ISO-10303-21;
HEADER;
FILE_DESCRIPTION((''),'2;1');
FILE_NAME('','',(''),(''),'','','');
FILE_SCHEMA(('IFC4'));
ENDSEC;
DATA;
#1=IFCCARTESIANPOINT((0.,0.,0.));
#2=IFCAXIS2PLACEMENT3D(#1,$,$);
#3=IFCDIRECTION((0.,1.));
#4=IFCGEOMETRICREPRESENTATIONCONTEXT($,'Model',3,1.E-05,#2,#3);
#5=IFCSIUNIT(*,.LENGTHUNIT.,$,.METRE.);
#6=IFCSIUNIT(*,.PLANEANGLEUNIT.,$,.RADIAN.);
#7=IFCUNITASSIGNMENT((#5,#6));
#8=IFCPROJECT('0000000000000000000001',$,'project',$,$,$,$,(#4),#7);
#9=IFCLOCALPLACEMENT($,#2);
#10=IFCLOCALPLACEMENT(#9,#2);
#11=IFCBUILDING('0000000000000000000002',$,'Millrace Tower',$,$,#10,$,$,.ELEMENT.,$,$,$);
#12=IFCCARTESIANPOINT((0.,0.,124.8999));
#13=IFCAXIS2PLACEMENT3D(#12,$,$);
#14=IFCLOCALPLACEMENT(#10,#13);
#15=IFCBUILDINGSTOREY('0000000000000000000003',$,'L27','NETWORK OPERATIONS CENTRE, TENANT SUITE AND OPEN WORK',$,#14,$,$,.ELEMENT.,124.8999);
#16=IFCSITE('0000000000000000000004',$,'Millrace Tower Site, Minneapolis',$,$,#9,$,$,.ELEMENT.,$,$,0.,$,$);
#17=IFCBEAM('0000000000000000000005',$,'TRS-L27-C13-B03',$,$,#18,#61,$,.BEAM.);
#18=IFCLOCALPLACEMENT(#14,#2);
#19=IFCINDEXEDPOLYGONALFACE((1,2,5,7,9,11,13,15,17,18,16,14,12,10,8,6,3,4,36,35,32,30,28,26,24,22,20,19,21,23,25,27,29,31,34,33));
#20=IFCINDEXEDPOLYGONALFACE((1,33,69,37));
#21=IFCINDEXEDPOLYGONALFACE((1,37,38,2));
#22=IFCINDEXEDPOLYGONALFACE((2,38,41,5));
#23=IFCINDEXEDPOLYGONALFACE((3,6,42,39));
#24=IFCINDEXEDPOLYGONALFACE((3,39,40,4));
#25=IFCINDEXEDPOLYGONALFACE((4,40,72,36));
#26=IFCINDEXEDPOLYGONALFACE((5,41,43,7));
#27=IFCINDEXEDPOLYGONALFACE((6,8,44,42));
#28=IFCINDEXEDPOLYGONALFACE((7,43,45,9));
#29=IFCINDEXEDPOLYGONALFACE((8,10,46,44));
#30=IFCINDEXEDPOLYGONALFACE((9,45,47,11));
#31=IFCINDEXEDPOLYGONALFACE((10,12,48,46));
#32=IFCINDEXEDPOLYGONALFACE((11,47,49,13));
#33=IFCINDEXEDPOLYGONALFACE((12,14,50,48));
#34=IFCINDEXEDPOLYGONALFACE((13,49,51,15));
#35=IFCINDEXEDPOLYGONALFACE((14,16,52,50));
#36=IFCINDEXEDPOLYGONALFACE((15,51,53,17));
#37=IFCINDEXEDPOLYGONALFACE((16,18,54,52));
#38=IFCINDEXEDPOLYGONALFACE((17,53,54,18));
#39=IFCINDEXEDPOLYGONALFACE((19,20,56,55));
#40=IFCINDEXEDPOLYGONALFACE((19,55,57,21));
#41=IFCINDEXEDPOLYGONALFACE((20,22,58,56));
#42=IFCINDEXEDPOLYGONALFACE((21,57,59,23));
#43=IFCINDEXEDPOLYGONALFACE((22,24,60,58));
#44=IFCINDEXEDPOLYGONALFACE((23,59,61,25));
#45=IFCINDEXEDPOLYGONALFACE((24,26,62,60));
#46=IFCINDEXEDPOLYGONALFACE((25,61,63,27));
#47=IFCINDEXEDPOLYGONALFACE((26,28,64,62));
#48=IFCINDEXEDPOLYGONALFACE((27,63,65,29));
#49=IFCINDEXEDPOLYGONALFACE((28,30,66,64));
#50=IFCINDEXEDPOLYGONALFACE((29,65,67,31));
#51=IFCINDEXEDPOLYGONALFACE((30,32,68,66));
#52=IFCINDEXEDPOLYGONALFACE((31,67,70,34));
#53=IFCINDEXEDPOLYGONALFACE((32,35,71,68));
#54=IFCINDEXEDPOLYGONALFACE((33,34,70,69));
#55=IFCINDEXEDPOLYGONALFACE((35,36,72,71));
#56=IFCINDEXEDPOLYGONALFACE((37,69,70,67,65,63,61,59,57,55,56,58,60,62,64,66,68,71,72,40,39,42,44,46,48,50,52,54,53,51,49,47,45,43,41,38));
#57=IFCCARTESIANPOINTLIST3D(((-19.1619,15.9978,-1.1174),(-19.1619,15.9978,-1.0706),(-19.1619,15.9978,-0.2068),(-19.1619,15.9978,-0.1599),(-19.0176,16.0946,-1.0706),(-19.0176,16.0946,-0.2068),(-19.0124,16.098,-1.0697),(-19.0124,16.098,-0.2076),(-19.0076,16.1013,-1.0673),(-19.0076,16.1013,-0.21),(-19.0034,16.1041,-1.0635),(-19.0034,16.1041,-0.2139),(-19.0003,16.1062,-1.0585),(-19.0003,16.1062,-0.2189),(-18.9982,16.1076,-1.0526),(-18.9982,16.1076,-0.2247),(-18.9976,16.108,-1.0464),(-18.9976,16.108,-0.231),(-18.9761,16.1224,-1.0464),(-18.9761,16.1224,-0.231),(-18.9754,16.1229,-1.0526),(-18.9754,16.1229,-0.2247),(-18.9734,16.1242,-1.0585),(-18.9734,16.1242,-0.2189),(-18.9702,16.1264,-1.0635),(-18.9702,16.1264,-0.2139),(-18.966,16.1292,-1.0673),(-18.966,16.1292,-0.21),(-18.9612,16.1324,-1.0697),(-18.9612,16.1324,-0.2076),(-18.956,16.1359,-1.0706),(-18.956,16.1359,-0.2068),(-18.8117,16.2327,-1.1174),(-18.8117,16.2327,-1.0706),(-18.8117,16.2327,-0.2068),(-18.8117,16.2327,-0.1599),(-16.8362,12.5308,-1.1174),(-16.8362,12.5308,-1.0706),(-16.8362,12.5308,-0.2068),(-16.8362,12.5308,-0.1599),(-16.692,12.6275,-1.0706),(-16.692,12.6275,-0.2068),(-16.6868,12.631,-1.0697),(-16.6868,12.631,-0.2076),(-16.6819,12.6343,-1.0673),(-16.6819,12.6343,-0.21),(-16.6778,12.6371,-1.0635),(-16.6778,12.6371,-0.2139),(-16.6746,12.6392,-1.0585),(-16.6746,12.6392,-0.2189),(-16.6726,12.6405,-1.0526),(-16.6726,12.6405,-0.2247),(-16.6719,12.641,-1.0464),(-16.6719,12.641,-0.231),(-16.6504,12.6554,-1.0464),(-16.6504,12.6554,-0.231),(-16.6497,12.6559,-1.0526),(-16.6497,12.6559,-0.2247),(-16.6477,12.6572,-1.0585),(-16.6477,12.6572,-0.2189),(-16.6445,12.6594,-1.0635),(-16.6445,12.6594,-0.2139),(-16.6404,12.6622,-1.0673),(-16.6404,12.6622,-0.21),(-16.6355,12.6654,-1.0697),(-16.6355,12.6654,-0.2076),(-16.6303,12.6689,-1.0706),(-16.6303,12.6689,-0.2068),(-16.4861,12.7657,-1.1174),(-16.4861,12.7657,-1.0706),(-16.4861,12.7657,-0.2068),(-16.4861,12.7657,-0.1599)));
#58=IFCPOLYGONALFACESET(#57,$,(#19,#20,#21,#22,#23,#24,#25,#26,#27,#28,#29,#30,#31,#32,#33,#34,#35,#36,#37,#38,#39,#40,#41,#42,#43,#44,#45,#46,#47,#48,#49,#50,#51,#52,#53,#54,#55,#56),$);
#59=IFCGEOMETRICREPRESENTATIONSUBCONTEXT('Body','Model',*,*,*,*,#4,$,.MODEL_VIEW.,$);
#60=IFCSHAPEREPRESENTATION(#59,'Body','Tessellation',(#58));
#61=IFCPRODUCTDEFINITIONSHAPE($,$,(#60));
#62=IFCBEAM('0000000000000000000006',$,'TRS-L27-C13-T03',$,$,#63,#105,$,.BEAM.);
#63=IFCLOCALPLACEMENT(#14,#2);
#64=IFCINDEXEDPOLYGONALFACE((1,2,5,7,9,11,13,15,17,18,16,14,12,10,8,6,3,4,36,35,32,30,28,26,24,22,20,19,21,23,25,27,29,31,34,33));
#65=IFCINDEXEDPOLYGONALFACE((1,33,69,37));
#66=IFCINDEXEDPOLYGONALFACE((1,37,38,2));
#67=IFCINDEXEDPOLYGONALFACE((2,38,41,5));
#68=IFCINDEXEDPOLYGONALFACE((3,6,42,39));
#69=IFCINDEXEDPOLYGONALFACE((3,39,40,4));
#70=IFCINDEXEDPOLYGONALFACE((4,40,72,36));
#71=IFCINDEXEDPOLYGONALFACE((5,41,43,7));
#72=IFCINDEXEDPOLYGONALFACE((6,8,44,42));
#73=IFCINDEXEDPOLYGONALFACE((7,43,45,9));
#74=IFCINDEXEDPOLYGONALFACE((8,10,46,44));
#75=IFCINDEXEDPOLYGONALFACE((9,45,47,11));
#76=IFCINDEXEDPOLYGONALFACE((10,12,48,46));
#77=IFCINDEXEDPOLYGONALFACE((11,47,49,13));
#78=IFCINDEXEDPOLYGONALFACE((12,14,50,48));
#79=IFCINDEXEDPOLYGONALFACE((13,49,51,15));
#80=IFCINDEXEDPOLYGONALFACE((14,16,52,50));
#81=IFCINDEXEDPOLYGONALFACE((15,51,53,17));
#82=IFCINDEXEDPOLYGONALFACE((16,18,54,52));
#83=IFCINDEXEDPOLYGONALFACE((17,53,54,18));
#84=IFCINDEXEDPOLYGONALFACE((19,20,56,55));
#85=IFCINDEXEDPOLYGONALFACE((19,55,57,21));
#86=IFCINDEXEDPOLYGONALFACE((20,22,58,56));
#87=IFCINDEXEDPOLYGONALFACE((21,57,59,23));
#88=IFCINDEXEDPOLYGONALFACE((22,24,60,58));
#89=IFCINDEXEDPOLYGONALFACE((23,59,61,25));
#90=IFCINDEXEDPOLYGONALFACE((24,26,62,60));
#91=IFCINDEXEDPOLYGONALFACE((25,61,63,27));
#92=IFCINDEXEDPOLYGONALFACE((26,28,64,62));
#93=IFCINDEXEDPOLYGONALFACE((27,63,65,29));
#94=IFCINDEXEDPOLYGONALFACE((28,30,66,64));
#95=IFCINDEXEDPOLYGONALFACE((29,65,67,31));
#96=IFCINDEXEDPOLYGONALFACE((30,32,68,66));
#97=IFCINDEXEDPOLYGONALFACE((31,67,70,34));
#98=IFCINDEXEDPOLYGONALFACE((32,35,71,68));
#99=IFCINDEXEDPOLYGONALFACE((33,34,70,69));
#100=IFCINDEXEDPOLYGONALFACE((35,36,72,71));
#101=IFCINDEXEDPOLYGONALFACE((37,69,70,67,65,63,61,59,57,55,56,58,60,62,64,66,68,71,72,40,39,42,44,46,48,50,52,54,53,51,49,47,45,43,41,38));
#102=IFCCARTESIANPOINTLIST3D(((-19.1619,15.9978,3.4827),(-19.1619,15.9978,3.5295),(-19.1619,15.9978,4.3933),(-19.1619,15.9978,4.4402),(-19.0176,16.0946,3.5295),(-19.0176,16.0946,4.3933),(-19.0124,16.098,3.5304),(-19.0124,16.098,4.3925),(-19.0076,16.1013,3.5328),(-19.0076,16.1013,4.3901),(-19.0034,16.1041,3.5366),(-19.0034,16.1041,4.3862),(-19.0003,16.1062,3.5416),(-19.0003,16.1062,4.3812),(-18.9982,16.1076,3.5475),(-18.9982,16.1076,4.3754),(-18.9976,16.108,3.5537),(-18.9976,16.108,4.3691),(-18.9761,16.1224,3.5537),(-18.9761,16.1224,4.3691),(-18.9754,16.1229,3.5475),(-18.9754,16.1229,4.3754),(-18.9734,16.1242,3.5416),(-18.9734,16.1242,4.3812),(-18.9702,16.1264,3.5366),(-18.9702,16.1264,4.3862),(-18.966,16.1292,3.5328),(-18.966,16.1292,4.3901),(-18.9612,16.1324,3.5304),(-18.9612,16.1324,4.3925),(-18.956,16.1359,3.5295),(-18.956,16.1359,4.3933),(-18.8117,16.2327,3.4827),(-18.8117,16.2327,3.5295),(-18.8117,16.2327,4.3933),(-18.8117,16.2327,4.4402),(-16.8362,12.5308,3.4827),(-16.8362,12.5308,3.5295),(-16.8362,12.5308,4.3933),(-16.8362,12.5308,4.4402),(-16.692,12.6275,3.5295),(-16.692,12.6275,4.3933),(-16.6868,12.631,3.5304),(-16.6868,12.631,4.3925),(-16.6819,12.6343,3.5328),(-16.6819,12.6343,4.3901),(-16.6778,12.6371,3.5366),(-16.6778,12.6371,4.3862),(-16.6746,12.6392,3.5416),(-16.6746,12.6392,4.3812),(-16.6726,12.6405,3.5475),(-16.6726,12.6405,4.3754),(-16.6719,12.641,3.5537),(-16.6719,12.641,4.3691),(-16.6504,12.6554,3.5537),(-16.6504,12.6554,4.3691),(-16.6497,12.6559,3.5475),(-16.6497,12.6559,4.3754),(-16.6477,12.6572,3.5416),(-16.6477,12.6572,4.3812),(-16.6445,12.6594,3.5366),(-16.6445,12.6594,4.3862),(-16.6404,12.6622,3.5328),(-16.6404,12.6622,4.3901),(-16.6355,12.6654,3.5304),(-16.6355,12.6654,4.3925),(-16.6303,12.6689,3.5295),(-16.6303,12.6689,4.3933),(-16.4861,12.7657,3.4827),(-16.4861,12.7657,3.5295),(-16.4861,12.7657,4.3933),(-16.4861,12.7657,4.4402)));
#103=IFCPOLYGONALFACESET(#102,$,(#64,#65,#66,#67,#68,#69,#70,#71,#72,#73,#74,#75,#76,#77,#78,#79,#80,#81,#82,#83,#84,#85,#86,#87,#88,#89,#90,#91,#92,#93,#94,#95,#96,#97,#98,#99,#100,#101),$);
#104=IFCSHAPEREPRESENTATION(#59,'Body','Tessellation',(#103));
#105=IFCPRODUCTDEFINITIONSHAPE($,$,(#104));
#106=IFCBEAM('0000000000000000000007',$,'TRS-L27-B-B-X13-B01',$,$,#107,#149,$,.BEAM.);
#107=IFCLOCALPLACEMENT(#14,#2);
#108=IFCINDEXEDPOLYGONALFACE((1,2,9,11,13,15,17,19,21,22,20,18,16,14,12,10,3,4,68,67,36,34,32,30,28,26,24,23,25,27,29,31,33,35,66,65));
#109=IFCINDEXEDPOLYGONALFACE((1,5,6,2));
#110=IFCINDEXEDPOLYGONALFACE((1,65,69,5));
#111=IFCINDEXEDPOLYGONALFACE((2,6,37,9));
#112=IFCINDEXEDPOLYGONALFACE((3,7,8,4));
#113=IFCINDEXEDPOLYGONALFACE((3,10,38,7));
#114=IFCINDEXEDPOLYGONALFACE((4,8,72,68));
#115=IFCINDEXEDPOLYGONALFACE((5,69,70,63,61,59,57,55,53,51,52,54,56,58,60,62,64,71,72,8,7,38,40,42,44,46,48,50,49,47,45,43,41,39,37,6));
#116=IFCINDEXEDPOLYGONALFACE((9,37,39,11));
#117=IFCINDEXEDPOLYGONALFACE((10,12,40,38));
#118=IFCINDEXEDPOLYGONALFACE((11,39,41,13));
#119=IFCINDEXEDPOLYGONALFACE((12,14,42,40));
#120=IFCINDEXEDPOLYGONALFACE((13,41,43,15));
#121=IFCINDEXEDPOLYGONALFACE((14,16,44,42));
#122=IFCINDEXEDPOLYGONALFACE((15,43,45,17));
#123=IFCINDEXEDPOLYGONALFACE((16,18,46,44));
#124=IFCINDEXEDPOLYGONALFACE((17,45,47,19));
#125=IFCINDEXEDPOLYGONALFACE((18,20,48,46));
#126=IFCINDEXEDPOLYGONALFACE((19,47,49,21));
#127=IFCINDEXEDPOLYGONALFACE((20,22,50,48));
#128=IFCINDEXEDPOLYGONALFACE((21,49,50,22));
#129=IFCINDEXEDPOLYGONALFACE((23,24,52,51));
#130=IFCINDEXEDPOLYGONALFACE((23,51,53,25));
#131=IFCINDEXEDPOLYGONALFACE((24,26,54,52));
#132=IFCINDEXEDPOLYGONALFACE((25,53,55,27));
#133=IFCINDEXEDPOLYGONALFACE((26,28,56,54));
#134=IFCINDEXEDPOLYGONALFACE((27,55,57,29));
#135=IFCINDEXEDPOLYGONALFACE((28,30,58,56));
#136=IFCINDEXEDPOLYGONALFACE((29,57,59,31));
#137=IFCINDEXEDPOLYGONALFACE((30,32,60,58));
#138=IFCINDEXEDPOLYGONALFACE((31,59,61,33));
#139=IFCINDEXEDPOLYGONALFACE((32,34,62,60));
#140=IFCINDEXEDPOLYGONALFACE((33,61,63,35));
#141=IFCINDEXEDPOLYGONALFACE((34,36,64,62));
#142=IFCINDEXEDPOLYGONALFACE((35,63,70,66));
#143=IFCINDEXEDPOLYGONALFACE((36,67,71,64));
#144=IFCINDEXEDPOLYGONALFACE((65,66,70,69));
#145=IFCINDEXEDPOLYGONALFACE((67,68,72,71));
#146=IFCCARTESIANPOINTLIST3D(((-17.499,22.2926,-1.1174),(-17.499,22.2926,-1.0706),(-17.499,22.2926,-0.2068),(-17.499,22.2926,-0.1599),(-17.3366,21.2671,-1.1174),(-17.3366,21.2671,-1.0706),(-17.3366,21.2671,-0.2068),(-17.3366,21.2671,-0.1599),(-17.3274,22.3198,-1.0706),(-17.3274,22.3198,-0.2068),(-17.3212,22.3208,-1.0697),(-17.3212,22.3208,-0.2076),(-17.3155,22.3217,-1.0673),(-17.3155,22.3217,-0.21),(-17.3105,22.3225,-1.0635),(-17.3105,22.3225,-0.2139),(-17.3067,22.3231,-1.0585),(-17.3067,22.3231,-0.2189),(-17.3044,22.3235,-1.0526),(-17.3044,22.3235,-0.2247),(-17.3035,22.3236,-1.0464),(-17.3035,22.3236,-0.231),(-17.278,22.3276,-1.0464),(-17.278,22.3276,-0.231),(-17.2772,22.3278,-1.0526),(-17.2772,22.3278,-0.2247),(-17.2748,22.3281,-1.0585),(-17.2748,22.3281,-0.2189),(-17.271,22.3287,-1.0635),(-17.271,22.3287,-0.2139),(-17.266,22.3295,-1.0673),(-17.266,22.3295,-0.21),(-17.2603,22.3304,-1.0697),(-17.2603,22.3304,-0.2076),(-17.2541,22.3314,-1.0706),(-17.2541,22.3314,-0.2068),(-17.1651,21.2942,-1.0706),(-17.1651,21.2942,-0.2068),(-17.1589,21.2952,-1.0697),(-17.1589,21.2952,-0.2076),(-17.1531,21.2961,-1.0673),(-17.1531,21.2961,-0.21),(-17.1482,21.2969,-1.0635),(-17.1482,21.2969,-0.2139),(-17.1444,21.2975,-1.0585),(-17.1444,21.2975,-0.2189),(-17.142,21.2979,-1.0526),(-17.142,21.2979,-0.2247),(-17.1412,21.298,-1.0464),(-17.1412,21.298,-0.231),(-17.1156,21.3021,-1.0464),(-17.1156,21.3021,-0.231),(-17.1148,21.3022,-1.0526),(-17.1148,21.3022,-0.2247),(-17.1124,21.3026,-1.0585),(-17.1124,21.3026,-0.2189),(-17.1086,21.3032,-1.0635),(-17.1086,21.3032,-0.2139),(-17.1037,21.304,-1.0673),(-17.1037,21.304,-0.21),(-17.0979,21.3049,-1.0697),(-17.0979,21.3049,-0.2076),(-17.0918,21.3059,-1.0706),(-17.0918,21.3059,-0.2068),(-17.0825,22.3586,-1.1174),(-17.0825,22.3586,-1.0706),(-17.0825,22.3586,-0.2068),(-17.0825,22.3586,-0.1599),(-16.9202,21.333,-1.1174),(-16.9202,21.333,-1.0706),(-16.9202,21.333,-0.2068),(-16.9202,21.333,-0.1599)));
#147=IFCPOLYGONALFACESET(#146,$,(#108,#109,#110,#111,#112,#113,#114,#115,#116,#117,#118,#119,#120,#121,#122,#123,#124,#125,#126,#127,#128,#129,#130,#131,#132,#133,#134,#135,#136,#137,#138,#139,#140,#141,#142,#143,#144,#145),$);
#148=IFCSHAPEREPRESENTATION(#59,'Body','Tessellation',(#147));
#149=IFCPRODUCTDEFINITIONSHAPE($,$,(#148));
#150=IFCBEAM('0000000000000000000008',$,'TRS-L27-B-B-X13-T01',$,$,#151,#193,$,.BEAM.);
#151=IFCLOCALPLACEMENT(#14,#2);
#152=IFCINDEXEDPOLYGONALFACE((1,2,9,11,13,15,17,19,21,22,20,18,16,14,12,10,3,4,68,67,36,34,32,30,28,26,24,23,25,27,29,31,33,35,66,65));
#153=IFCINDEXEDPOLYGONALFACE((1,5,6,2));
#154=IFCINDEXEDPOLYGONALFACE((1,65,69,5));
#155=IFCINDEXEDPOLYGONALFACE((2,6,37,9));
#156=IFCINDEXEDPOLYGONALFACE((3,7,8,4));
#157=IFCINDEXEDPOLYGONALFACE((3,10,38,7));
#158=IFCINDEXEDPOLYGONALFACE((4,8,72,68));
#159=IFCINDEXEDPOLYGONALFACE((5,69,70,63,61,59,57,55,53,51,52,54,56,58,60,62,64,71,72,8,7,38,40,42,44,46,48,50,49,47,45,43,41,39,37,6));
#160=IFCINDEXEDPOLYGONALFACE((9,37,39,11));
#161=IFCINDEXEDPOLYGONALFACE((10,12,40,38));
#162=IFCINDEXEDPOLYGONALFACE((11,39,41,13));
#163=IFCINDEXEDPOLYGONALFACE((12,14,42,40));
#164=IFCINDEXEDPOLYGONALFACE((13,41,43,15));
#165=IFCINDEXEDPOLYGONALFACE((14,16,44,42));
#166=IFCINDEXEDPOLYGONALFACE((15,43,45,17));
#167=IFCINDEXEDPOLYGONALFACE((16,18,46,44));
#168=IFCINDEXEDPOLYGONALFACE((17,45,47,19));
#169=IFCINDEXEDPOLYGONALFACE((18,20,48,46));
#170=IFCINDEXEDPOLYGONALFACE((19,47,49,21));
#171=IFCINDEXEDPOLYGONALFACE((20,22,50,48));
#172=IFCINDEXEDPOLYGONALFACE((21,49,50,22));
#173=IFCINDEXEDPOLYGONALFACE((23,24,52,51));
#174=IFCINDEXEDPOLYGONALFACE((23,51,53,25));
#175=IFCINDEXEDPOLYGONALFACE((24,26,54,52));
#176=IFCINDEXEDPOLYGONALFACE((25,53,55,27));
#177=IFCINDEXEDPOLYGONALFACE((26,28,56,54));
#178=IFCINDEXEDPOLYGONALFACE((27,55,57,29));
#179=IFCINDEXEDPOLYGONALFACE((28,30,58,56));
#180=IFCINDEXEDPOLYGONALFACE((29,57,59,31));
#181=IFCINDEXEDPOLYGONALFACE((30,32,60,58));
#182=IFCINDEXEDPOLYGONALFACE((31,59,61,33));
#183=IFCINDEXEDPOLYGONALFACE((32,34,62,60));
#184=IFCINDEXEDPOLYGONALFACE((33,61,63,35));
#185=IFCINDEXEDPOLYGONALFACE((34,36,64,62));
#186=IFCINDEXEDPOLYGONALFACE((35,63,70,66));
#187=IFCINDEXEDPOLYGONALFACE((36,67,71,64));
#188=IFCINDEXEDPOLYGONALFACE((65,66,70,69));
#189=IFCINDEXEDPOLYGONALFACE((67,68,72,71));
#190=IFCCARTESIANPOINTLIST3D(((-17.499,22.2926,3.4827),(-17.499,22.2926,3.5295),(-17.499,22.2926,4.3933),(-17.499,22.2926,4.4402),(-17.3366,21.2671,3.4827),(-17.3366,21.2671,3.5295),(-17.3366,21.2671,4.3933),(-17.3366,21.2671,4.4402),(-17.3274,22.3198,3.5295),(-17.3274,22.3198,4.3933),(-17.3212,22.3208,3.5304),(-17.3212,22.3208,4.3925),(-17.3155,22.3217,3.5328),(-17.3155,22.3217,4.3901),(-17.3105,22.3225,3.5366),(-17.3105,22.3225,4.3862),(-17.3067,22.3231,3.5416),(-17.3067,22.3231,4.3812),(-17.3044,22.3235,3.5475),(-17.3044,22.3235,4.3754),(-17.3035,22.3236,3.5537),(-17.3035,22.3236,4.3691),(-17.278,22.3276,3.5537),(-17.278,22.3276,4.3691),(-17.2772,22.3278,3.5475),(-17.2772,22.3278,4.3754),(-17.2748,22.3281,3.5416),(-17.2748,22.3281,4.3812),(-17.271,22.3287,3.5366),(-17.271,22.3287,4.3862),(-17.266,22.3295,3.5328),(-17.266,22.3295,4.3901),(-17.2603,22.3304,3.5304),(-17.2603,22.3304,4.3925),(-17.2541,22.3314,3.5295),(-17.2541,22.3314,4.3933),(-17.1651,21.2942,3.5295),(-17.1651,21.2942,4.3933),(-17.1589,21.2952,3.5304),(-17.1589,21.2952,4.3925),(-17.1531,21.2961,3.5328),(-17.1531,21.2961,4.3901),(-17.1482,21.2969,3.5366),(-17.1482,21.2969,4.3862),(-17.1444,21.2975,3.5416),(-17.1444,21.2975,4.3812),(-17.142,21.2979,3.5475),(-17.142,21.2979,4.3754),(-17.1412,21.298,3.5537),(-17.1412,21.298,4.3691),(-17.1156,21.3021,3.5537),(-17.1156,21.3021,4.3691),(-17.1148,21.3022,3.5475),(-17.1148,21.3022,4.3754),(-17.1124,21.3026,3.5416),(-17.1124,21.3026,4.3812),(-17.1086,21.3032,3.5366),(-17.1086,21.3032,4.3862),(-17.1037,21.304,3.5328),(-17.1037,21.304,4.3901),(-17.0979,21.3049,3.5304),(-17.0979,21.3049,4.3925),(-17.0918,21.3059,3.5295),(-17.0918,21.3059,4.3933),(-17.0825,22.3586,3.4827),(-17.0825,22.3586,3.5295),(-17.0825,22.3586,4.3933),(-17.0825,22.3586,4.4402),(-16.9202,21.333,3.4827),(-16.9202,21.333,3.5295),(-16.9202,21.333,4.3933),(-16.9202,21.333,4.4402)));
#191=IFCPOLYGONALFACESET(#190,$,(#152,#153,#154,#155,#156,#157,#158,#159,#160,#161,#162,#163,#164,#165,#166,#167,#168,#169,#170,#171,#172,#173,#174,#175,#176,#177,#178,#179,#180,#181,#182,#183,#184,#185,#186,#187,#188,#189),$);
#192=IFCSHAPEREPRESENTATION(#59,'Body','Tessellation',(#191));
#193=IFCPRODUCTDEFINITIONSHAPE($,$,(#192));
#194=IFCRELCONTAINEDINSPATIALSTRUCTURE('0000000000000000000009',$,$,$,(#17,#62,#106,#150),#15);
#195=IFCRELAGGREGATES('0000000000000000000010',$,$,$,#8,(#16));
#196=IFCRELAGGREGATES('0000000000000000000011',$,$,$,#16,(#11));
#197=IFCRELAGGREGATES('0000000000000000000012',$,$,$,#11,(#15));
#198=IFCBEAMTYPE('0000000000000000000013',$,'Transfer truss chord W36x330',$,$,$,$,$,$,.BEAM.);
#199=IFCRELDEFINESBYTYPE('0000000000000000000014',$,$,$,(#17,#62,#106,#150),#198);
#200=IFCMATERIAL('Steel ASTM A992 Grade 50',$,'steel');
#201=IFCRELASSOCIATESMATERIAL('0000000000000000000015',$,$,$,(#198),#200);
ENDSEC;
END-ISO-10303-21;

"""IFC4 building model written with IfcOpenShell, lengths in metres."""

from ifc_helpers import new_model, si_unit, direction, frame, origin, origin_2d, place, context, subcontext, project, spatial, i_section, extrude, material, material_profile, profile_set, type_object, element, save


model = new_model("IFC4")

# Units and contexts
model_context = context("Model", 3, precision=1e-05, world=origin(), true_north=direction((0.0, 1.0)))
body_context = subcontext(model_context, "Body", "Model", "MODEL_VIEW")
ifc_project = project(units=[si_unit("LENGTHUNIT", "METRE"), si_unit("PLANEANGLEUNIT", "RADIAN")], contexts=[model_context])

# Site, building, storey
site_placement = place(None, origin())
site = spatial("IfcSite", under=ifc_project, at=site_placement, Name="Millrace Tower Site, Minneapolis", CompositionType="ELEMENT", RefElevation=0.0)
building_placement = place(site_placement, origin())
building = spatial("IfcBuilding", under=site, at=building_placement, Name="Millrace Tower", CompositionType="ELEMENT")
storey_placement = place(building_placement, frame((0.0, 0.0, 124.8999)))
storey = spatial("IfcBuildingStorey", under=building, at=storey_placement, Name="L27", Description="NETWORK OPERATIONS CENTRE, TENANT SUITE AND OPEN WORK", CompositionType="ELEMENT", Elevation=124.8999)

# Beams
ifc_material_1 = material(Name="Steel ASTM A992 Grade 50", Category="steel")
ifc_material_profile_1 = material_profile(ifc_material_1, i_section(OverallWidth=0.4216, OverallDepth=0.9575, WebThickness=0.0259, FlangeThickness=0.0469, FilletRadius=0.0242, at=origin_2d()))
ifc_profile_set_1 = profile_set([ifc_material_profile_1], Name="Steel ASTM A992 Grade 50")
beam_type_1 = type_object("IfcBeamType", Name="Transfer truss chord W36x330", PredefinedType="BEAM", material=ifc_profile_set_1)
for number, where, z_axis, x_axis, name in (
    (1, (-18.9868, 16.1152, -0.6387), (0.557073, -0.830463, 0.0), (0.830463, 0.557073, 0.0), "TRS-L27-C13-B03"),
    (2, (-18.9868, 16.1152, 3.9614), (0.557073, -0.830463, 0.0), (0.830463, 0.557073, 0.0), "TRS-L27-C13-T03"),
):
    element("IfcBeam", number, at=place(storey_placement, frame(where, z_axis=z_axis, x_axis=x_axis)), inside=storey, type_object=beam_type_1, Name=name, PredefinedType="BEAM", context=body_context, shape_type="SweptSolid", body=[
        extrude(i_section(OverallWidth=0.4216, OverallDepth=0.9575, WebThickness=0.0259, FlangeThickness=0.0469, FilletRadius=0.0242, at=origin_2d()), origin(), (0.0, 0.0, 1.0), 4.1748),
    ])
for number, where, z_axis, x_axis, name in (
    (3, (-17.1284, 21.3, -0.6387), (-0.156349, 0.987702, 0.0), (-0.987702, -0.156349, 0.0), "TRS-L27-B-B-X13-B01"),
    (4, (-17.1284, 21.3, 3.9614), (-0.156349, 0.987702, 0.0), (-0.987702, -0.156349, 0.0), "TRS-L27-B-B-X13-T01"),
):
    element("IfcBeam", number, at=place(storey_placement, frame(where, z_axis=z_axis, x_axis=x_axis)), inside=storey, type_object=beam_type_1, Name=name, PredefinedType="BEAM", context=body_context, shape_type="SweptSolid", body=[
        extrude(i_section(OverallWidth=0.4216, OverallDepth=0.9575, WebThickness=0.0259, FlangeThickness=0.0469, FilletRadius=0.0242, at=origin_2d()), origin(), (0.0, 0.0, 1.0), 1.0383),
    ])

save(model, "model.ifc")
